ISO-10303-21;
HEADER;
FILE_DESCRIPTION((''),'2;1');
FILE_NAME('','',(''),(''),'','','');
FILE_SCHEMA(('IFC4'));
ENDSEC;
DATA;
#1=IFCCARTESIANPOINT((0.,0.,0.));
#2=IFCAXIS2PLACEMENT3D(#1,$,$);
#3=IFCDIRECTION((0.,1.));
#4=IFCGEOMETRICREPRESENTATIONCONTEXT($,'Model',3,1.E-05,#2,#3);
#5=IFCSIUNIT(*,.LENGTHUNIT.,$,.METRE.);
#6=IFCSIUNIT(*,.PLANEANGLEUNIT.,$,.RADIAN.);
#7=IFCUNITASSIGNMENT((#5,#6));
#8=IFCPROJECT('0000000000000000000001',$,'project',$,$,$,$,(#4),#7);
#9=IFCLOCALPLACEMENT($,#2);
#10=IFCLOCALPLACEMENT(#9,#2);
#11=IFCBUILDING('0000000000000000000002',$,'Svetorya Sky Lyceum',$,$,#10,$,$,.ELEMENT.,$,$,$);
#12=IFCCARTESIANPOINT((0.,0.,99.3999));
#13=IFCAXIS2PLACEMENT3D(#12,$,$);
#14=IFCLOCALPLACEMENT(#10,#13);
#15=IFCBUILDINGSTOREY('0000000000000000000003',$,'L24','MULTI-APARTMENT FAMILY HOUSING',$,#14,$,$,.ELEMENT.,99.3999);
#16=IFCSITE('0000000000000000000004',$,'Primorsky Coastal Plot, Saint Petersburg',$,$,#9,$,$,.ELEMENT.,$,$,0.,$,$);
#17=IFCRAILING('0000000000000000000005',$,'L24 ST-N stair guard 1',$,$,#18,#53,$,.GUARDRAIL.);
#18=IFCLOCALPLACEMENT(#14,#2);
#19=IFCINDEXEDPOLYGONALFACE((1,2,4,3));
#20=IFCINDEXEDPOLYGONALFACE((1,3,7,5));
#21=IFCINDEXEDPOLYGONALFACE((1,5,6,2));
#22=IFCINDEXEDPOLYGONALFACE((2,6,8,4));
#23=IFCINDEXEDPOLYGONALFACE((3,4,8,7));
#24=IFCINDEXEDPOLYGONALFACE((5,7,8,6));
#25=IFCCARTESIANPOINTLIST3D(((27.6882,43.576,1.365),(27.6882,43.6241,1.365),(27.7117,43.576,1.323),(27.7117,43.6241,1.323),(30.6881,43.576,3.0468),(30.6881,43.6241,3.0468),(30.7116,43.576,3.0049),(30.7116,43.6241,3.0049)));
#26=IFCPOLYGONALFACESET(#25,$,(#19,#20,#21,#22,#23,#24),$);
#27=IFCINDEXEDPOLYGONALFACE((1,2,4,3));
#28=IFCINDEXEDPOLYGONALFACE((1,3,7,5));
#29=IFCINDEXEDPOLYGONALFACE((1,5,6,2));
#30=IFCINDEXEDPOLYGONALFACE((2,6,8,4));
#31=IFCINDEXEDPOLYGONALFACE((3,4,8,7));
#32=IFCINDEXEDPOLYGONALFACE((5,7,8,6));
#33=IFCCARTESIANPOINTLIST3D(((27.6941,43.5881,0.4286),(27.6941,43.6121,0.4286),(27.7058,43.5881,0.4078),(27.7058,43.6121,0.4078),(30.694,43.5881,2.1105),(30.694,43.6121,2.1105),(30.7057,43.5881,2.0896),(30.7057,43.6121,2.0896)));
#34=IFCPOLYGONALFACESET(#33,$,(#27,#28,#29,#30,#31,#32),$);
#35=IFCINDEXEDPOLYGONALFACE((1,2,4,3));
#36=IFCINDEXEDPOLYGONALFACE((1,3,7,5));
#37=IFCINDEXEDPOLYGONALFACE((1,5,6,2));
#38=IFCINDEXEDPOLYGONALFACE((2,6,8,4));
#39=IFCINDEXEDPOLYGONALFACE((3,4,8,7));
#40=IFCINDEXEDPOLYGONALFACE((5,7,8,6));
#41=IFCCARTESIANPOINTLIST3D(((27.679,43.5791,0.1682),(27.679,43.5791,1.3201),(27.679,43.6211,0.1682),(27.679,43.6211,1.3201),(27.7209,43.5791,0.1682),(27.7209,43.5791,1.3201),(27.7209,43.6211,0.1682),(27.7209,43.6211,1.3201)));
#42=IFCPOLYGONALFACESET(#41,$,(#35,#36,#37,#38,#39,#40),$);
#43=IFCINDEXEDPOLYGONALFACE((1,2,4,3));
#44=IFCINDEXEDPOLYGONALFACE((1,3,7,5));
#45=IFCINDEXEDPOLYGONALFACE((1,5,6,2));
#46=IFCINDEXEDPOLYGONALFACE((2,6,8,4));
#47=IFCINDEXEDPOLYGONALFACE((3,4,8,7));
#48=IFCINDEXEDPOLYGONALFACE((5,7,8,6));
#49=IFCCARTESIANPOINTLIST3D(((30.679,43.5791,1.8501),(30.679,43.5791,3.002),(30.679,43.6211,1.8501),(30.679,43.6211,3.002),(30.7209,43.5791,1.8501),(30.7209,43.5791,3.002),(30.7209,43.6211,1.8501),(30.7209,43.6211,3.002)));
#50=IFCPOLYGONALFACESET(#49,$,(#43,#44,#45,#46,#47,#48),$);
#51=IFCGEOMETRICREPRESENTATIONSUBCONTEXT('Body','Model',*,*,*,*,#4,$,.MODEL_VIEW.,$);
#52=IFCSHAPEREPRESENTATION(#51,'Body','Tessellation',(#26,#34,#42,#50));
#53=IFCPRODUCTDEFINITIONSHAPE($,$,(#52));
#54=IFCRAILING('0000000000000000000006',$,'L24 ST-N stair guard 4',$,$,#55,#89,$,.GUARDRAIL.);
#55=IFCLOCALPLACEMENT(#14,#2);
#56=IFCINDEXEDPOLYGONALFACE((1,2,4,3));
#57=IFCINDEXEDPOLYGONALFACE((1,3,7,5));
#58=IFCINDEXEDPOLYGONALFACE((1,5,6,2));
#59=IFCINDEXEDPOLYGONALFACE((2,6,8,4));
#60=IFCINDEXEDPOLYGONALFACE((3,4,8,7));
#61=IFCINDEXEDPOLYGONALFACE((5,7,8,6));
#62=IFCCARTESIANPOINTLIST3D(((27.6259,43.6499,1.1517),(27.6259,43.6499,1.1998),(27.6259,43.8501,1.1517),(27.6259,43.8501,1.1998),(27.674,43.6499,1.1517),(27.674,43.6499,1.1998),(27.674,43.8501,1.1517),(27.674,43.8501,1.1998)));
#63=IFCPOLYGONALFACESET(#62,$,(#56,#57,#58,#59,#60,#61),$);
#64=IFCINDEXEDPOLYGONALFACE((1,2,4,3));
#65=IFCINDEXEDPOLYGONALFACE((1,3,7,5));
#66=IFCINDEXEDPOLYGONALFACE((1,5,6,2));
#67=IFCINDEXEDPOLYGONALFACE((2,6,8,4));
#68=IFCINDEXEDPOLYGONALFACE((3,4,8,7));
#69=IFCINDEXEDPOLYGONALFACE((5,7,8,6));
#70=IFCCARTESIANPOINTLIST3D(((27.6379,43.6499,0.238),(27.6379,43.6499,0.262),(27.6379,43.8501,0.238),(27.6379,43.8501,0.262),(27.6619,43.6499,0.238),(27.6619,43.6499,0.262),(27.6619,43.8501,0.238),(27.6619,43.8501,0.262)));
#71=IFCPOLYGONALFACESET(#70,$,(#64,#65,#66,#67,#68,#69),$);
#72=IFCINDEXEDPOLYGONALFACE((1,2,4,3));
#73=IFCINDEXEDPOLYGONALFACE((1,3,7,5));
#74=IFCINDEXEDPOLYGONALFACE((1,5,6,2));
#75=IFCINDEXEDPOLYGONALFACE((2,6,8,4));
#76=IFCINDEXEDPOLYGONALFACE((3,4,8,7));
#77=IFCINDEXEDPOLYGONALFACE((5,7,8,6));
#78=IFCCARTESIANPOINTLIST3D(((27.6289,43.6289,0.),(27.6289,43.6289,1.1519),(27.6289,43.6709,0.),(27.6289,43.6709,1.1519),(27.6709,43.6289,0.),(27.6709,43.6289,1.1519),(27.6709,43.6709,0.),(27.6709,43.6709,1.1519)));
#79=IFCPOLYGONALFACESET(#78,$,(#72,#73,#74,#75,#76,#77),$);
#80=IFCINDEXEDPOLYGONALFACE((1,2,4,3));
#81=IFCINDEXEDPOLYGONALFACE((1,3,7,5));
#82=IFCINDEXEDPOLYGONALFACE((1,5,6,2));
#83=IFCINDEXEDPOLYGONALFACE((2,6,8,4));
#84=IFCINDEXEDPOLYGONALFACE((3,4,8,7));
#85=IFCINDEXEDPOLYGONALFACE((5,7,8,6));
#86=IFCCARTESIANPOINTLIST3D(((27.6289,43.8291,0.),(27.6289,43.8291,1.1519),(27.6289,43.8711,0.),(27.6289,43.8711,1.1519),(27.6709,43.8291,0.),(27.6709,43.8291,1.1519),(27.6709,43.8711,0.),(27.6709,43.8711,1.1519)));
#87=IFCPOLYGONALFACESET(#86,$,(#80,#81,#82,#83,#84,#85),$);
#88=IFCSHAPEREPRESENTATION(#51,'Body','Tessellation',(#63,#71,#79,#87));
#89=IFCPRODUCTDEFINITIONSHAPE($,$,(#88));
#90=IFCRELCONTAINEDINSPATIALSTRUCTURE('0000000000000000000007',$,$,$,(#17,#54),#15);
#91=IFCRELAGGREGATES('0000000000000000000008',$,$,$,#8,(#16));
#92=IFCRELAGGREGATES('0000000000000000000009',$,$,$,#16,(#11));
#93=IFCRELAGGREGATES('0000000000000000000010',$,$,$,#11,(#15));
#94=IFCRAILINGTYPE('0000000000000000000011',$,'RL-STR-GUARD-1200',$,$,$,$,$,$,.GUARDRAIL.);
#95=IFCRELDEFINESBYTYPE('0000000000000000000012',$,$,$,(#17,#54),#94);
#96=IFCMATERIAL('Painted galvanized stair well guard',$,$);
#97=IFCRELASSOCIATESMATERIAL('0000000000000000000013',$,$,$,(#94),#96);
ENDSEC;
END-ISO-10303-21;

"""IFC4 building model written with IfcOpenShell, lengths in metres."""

from ifc_helpers import new_model, si_unit, direction, frame, origin, origin_2d, place, context, subcontext, project, spatial, rectangle, extrude, material, type_object, element, save


model = new_model("IFC4")

# Units and contexts
model_context = context("Model", 3, precision=1e-05, world=origin(), true_north=direction((0.0, 1.0)))
body_context = subcontext(model_context, "Body", "Model", "MODEL_VIEW")
ifc_project = project(units=[si_unit("LENGTHUNIT", "METRE"), si_unit("PLANEANGLEUNIT", "RADIAN")], contexts=[model_context])

# Site, building, storey
site_placement = place(None, origin())
site = spatial("IfcSite", under=ifc_project, at=site_placement, Name="Primorsky Coastal Plot, Saint Petersburg", CompositionType="ELEMENT", RefElevation=0.0)
building_placement = place(site_placement, origin())
building = spatial("IfcBuilding", under=site, at=building_placement, Name="Svetorya Sky Lyceum", CompositionType="ELEMENT")
storey_placement = place(building_placement, frame((0.0, 0.0, 99.3999)))
storey = spatial("IfcBuildingStorey", under=building, at=storey_placement, Name="L24", Description="MULTI-APARTMENT FAMILY HOUSING", CompositionType="ELEMENT", Elevation=99.3999)

# Railings
ifc_material_1 = material(Name="Painted galvanized stair well guard")
railing_type = type_object("IfcRailingType", Name="RL-STR-GUARD-1200", PredefinedType="GUARDRAIL", material=ifc_material_1)
railing_1_placement = place(storey_placement, frame((27.7, 43.6001, 0.1682)))
element("IfcRailing", 1, at=railing_1_placement, inside=storey, type_object=railing_type, Name="L24 ST-N stair guard 1", PredefinedType="GUARDRAIL", context=body_context, shape_type="SweptSolid", body=[
    extrude(rectangle(XDim=0.0481, YDim=0.0481, at=origin_2d()), frame((0.0, 0.0, 1.1758), z_axis=(0.872272, 0.0, 0.48902), x_axis=(0.0, 1.0, 0.0)), (0.0, 0.0, 1.0), 3.4392),
    extrude(rectangle(XDim=0.0239, YDim=0.0239, at=origin_2d()), frame((0.0, 0.0, 0.25), z_axis=(0.872272, 0.0, 0.48902), x_axis=(0.0, 1.0, 0.0)), (0.0, 0.0, 1.0), 3.4392),
    extrude(rectangle(XDim=0.042, YDim=0.042, at=origin_2d()), origin(), (0.0, 0.0, 1.0), 1.1519),
    extrude(rectangle(XDim=0.042, YDim=0.042, at=origin_2d()), frame((3.0, 0.0, 1.6819)), (0.0, 0.0, 1.0), 1.1519),
])
railing_2_placement = place(storey_placement, frame((27.6499, 43.6499, 0.0)))
element("IfcRailing", 2, at=railing_2_placement, inside=storey, type_object=railing_type, Name="L24 ST-N stair guard 4", PredefinedType="GUARDRAIL", context=body_context, shape_type="SweptSolid", body=[
    extrude(rectangle(XDim=0.0481, YDim=0.0481, at=origin_2d()), frame((0.0, 0.0, 1.1758), z_axis=(0.0, 1.0, 0.0), x_axis=(-1.0, 0.0, 0.0)), (0.0, 0.0, 1.0), 0.2002),
    extrude(rectangle(XDim=0.0239, YDim=0.0239, at=origin_2d()), frame((0.0, 0.0, 0.25), z_axis=(0.0, 1.0, 0.0), x_axis=(-1.0, 0.0, 0.0)), (0.0, 0.0, 1.0), 0.2002),
    extrude(rectangle(XDim=0.042, YDim=0.042, at=origin_2d()), origin(), (0.0, 0.0, 1.0), 1.1519),
    extrude(rectangle(XDim=0.042, YDim=0.042, at=origin_2d()), frame((0.0, 0.2002, 0.0)), (0.0, 0.0, 1.0), 1.1519),
])

save(model, "model.ifc")
